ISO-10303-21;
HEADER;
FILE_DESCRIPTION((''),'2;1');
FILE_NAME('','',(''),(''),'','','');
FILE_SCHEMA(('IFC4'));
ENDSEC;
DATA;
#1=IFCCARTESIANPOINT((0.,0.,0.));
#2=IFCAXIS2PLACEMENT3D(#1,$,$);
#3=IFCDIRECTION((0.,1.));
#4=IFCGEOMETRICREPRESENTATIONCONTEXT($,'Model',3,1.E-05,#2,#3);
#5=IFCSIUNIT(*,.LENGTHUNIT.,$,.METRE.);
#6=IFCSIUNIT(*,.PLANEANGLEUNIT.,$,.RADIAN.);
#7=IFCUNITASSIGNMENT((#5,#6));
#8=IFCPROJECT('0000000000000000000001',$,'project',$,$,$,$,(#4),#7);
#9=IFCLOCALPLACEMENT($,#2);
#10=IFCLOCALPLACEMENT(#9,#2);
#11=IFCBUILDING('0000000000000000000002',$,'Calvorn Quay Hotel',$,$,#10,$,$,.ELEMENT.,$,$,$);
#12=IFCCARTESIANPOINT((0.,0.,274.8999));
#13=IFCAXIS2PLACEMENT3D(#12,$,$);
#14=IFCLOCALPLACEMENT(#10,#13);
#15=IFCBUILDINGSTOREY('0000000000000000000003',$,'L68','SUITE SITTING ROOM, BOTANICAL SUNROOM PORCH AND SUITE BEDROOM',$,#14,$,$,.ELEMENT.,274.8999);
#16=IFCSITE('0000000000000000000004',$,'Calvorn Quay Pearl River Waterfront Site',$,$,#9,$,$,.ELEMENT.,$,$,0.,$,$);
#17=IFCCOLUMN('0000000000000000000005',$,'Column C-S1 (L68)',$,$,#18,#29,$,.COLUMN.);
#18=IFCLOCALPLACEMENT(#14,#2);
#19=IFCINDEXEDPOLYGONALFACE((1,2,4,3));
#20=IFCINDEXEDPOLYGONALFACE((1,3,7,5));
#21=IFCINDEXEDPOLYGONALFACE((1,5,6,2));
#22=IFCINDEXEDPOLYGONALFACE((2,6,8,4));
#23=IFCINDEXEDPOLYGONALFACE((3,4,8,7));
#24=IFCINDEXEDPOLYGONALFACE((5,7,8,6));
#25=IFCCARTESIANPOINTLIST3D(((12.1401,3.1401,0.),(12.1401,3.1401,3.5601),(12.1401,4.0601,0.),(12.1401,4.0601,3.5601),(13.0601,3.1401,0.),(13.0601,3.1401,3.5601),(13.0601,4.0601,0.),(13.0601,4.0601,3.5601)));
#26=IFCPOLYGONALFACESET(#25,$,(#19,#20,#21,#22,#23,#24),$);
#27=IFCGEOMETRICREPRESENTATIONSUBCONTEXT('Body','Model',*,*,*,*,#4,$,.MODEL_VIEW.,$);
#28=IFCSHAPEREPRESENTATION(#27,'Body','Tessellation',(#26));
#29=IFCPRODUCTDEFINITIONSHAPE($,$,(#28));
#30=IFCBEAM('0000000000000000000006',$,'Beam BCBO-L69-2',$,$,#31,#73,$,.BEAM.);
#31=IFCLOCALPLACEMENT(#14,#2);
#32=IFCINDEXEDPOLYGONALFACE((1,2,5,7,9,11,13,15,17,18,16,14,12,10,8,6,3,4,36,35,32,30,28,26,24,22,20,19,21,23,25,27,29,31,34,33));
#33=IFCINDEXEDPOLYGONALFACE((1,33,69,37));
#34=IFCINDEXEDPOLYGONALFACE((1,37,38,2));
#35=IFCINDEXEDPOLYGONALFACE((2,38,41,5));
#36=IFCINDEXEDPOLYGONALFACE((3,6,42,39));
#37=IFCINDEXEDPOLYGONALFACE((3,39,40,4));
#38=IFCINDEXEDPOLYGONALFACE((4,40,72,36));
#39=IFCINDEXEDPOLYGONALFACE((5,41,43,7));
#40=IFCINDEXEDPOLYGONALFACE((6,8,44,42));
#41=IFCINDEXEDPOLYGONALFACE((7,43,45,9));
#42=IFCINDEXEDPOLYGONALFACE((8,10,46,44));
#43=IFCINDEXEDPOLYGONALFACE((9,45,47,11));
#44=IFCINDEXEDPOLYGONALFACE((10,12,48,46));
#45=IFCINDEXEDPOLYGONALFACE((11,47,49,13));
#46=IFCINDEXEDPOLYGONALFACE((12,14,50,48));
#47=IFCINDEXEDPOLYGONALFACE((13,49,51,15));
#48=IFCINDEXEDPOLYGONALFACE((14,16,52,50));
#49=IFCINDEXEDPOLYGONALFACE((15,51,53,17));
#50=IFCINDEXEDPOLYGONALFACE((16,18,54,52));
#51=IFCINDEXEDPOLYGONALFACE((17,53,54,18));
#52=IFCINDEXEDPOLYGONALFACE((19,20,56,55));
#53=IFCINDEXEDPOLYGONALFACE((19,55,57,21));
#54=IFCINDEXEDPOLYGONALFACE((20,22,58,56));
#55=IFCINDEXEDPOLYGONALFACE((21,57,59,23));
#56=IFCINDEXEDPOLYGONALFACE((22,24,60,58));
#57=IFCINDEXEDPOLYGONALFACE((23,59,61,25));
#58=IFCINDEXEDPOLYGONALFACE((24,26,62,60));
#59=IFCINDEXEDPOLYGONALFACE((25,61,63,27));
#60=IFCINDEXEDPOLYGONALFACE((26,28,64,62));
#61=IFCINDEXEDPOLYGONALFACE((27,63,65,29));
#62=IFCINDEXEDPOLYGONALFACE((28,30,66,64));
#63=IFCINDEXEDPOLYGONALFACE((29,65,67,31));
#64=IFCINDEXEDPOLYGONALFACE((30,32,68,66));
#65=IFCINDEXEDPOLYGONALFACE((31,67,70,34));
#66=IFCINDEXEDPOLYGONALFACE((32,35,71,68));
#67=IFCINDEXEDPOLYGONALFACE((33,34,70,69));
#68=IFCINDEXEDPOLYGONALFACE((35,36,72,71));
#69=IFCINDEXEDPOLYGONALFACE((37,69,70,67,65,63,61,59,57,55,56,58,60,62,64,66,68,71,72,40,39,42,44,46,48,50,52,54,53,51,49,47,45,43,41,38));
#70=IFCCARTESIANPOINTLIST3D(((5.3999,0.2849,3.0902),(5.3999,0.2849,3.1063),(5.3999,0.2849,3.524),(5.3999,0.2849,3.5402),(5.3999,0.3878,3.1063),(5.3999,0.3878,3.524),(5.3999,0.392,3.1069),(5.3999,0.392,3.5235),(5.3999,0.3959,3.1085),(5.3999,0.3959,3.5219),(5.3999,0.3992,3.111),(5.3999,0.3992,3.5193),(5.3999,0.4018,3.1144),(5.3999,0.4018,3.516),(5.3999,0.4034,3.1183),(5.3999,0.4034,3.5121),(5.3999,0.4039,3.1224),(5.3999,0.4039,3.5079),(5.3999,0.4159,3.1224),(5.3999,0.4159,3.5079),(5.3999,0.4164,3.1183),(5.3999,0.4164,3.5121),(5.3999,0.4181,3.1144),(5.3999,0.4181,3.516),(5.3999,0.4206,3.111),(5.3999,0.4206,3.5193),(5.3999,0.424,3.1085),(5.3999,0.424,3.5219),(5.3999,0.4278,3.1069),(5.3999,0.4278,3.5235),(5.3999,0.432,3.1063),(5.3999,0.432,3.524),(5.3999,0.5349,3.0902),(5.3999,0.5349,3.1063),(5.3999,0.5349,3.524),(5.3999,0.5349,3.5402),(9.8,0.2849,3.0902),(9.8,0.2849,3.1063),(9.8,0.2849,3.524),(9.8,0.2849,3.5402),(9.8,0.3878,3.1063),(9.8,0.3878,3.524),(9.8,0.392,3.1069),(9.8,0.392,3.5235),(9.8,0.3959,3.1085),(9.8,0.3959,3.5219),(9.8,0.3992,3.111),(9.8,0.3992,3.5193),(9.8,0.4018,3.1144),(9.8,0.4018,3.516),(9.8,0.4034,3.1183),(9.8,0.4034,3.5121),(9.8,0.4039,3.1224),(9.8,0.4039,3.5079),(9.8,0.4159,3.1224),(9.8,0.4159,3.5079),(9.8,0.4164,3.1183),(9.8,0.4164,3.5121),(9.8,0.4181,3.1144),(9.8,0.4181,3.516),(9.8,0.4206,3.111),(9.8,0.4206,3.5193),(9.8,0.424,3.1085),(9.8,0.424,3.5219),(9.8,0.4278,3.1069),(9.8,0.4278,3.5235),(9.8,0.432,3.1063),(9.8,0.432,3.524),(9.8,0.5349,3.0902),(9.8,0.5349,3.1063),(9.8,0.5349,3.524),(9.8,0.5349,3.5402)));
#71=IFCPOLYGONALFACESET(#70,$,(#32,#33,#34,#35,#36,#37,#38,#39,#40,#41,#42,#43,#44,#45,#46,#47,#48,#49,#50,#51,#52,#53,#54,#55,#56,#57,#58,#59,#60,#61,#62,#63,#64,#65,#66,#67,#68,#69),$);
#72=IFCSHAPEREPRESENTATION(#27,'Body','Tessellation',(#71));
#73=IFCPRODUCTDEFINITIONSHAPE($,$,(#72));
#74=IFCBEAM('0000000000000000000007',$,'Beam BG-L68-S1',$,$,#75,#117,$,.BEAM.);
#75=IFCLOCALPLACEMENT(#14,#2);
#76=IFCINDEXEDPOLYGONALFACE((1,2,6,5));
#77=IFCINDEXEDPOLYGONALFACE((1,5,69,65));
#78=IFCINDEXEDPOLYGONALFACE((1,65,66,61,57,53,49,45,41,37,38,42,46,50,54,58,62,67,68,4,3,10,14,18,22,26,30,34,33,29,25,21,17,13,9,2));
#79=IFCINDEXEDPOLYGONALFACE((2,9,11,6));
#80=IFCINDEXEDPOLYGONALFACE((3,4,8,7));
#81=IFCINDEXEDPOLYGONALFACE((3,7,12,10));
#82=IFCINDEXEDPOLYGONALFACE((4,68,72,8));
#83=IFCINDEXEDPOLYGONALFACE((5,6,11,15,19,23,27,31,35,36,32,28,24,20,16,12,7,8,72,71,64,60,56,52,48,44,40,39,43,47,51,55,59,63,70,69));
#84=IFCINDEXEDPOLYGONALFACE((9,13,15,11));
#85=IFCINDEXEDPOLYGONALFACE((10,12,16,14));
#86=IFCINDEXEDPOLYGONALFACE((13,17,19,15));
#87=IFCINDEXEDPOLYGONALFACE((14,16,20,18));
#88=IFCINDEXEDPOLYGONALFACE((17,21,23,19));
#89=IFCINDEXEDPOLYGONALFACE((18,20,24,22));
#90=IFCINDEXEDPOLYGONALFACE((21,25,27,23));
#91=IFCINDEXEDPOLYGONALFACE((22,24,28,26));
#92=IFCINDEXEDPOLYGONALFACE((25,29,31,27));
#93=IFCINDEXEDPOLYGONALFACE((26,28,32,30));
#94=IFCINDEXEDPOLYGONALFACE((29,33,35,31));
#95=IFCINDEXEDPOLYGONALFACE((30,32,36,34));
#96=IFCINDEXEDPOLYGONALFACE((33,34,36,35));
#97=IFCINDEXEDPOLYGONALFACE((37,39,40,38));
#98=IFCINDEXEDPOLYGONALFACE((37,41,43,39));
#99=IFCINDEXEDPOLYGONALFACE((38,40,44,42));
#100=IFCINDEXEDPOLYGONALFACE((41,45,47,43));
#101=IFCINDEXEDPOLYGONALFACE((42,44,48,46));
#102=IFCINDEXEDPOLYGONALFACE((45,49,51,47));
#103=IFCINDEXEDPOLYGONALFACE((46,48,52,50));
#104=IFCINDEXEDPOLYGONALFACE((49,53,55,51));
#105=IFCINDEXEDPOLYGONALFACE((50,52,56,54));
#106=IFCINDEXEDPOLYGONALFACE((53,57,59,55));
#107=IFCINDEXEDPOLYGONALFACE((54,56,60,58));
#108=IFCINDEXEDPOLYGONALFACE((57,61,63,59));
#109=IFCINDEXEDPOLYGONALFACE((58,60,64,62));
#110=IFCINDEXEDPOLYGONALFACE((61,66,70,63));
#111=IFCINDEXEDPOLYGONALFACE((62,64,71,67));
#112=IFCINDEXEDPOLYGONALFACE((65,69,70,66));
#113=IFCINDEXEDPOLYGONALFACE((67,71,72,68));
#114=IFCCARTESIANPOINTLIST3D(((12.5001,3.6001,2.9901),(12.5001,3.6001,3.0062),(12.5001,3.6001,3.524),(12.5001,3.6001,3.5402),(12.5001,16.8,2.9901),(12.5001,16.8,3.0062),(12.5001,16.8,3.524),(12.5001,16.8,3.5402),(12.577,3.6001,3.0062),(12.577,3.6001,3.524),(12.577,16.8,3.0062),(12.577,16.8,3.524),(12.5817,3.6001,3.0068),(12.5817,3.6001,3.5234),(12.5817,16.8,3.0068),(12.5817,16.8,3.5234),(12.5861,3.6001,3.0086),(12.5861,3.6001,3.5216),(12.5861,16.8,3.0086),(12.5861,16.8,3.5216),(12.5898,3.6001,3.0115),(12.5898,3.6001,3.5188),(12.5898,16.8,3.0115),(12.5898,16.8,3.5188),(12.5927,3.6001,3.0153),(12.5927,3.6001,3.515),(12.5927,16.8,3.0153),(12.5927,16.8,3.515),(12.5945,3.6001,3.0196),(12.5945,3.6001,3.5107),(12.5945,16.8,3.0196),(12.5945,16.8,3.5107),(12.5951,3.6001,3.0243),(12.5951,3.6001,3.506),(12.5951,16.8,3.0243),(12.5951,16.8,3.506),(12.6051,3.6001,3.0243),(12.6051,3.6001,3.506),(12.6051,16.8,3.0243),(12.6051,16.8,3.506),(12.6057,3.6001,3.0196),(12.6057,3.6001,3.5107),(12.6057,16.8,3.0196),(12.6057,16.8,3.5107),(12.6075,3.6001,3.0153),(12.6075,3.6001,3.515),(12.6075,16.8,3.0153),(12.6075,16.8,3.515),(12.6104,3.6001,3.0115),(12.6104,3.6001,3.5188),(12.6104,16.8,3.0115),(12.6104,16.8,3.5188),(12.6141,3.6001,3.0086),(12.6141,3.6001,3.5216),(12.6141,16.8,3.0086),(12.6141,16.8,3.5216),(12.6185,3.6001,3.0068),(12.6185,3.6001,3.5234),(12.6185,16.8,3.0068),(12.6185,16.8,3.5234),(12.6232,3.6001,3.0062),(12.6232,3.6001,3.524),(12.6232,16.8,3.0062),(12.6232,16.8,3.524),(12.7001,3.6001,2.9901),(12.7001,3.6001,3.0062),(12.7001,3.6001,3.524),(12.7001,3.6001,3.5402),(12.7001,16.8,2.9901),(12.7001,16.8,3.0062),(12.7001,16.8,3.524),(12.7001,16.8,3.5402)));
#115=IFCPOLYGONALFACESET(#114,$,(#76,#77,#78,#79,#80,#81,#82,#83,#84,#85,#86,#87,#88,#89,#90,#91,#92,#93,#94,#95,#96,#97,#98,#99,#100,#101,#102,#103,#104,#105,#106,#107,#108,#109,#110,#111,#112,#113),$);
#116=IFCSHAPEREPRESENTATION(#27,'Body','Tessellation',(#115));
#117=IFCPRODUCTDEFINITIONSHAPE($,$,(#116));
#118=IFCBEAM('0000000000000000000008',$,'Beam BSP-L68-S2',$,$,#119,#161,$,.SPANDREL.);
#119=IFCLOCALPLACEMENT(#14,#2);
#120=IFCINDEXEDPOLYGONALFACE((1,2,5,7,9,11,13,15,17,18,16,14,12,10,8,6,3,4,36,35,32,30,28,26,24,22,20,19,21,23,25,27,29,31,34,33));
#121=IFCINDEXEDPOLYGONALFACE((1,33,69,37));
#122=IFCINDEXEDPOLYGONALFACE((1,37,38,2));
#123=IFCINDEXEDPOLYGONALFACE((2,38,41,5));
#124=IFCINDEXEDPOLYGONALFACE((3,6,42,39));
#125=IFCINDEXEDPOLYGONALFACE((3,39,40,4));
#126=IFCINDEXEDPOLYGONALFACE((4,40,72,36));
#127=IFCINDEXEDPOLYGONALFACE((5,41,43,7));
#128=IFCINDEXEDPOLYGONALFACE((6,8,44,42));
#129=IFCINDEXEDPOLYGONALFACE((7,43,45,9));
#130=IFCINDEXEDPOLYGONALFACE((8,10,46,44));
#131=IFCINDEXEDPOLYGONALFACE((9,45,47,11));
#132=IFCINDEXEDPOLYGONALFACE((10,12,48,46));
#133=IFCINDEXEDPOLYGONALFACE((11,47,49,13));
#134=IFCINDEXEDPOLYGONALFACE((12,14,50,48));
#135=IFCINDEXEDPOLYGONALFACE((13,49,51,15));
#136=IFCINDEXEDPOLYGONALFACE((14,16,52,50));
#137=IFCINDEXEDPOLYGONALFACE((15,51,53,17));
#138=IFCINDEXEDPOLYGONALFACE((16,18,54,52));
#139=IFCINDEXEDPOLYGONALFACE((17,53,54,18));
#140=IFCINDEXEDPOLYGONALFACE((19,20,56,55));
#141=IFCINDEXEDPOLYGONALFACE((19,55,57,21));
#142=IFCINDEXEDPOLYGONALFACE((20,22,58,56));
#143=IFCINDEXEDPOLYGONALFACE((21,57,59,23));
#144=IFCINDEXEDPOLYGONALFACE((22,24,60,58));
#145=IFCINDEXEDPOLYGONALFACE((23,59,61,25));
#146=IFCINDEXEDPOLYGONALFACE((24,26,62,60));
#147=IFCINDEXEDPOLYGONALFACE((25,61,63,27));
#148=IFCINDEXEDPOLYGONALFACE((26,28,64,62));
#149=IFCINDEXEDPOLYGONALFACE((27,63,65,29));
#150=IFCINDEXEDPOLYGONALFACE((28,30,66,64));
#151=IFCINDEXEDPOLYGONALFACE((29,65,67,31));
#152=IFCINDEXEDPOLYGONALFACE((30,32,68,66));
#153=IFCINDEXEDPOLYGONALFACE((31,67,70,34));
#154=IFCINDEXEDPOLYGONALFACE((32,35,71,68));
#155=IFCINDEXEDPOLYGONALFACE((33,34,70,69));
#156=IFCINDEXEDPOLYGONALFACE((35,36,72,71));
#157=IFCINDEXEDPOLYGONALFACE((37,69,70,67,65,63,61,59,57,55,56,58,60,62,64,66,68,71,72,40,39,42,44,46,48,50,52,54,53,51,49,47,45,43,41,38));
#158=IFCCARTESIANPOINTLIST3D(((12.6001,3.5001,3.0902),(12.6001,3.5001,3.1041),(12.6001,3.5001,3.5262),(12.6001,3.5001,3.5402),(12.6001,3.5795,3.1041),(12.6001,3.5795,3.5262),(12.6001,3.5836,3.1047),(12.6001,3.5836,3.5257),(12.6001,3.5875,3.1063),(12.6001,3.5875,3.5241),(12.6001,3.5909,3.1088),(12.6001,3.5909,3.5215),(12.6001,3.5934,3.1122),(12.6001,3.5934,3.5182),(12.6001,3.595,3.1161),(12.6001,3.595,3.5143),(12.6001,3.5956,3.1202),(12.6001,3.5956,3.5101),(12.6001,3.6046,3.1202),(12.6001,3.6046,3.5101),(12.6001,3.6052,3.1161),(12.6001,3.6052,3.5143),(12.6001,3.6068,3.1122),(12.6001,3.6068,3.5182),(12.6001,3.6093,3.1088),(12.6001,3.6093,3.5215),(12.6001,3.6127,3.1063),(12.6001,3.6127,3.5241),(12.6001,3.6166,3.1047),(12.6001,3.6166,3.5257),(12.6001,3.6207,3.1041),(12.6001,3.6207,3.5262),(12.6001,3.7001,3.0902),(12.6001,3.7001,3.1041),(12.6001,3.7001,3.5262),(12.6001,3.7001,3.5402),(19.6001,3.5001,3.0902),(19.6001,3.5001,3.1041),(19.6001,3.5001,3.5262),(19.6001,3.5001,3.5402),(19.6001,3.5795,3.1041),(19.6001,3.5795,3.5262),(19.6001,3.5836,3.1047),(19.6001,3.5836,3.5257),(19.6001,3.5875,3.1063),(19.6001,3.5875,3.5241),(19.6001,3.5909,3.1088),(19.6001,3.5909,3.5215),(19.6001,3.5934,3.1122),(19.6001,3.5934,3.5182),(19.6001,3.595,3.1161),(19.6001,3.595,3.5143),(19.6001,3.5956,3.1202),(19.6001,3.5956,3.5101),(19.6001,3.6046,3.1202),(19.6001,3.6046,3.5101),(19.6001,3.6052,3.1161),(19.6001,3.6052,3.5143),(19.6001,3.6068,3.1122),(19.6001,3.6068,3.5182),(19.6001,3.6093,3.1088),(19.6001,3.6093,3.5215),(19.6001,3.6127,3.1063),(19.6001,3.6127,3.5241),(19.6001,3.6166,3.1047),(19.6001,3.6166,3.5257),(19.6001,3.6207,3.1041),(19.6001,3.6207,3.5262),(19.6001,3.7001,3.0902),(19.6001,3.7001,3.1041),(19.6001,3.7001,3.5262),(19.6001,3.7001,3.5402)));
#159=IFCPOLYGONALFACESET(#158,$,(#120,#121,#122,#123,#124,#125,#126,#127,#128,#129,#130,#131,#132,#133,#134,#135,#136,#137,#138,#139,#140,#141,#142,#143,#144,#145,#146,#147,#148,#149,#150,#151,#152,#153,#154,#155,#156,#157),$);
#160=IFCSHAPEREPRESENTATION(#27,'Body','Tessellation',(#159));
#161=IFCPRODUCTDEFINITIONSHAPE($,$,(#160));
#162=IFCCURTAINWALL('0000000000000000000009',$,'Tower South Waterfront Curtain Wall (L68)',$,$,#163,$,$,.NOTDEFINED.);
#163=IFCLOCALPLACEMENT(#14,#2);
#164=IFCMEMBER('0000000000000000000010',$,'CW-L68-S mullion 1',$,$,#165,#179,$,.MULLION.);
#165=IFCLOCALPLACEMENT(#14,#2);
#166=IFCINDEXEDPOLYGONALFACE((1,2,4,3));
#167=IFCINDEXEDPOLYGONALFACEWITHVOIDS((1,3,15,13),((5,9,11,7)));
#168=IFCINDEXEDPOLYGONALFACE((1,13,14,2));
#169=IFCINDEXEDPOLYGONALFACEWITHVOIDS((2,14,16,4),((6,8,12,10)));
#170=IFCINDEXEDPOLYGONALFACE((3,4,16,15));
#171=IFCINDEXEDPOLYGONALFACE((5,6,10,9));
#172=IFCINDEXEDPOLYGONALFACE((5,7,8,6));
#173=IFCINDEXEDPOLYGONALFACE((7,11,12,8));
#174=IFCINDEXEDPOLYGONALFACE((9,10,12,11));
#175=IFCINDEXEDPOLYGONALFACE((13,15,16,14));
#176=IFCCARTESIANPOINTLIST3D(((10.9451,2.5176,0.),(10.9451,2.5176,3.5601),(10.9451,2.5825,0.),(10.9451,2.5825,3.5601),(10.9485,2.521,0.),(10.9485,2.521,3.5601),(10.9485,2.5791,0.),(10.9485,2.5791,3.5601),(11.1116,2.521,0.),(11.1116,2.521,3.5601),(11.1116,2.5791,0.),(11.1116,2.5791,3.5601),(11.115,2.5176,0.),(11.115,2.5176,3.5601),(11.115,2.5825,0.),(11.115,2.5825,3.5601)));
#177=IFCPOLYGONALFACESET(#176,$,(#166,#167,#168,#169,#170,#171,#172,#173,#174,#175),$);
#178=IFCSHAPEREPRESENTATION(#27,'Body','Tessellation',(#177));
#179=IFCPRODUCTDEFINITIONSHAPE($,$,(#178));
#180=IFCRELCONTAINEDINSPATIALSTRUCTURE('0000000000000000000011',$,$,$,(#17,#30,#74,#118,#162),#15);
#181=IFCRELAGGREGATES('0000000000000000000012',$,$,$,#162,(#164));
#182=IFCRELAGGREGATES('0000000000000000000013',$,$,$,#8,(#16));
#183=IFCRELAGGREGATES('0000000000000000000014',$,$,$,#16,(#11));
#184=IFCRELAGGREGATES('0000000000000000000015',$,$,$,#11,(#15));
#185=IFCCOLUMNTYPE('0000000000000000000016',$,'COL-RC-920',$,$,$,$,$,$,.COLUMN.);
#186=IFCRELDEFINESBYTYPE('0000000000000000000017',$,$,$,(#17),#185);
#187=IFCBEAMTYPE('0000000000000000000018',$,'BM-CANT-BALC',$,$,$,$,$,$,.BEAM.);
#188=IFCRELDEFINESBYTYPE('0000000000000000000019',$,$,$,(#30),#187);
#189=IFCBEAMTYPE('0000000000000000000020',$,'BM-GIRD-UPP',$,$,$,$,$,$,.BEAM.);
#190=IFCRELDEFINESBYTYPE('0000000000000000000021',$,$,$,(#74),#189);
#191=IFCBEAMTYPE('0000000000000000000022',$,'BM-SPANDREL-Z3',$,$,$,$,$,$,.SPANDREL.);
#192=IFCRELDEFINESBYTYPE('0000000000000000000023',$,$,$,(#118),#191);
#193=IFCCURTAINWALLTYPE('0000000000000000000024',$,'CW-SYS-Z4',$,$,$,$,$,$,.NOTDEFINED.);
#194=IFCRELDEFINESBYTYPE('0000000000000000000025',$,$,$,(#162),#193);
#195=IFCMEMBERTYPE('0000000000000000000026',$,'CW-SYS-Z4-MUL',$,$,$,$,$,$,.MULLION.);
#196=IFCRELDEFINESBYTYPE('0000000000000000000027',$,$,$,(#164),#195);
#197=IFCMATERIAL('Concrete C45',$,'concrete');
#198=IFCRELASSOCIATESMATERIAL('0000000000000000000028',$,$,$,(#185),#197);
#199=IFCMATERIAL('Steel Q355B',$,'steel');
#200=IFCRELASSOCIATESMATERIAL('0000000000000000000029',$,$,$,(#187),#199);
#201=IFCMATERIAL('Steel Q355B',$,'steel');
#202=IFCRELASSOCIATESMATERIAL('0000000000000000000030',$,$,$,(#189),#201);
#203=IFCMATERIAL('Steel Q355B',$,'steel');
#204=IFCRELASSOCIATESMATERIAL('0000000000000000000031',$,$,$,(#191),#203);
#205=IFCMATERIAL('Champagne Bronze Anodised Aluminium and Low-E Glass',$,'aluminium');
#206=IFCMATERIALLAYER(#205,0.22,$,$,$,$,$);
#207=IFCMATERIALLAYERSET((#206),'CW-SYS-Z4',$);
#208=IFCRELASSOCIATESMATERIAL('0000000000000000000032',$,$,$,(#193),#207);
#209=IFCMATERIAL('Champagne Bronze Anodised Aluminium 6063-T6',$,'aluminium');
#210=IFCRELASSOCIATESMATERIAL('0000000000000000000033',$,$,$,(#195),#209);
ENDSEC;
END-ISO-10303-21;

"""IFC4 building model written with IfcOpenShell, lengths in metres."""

from ifc_helpers import new_model, si_unit, direction, frame, origin, origin_2d, place, context, subcontext, project, spatial, rectangle, hollow_rectangle, i_section, extrude, material, layer, layer_set, material_profile, profile_set, type_object, element, aggregate, save


model = new_model("IFC4")

# Units and contexts
model_context = context("Model", 3, precision=1e-05, world=origin(), true_north=direction((0.0, 1.0)))
body_context = subcontext(model_context, "Body", "Model", "MODEL_VIEW")
ifc_project = project(units=[si_unit("LENGTHUNIT", "METRE"), si_unit("PLANEANGLEUNIT", "RADIAN")], contexts=[model_context])

# Site, building, storey
site_placement = place(None, origin())
site = spatial("IfcSite", under=ifc_project, at=site_placement, Name="Calvorn Quay Pearl River Waterfront Site", CompositionType="ELEMENT", RefElevation=0.0)
building_placement = place(site_placement, origin())
building = spatial("IfcBuilding", under=site, at=building_placement, Name="Calvorn Quay Hotel", CompositionType="ELEMENT")
storey_placement = place(building_placement, frame((0.0, 0.0, 274.8999)))
storey = spatial("IfcBuildingStorey", under=building, at=storey_placement, Name="L68", Description="SUITE SITTING ROOM, BOTANICAL SUNROOM PORCH AND SUITE BEDROOM", CompositionType="ELEMENT", Elevation=274.8999)

# Column
ifc_material_1 = material(Name="Concrete C45", Category="concrete")
ifc_material_profile_1 = material_profile(ifc_material_1, rectangle(XDim=0.9199, YDim=0.9199, at=origin_2d()), Name="RC920x920")
ifc_profile_set_1 = profile_set([ifc_material_profile_1], Name="Concrete C45")
column_type = type_object("IfcColumnType", Name="COL-RC-920", PredefinedType="COLUMN", material=ifc_profile_set_1)
column_placement = place(storey_placement, frame((12.6001, 3.6001, 0.0), z_axis=(0.0, 0.0, 1.0), x_axis=(1.0, 0.0, 0.0)))
element("IfcColumn", 1, at=column_placement, inside=storey, type_object=column_type, Name="Column C-S1 (L68)", PredefinedType="COLUMN", context=body_context, shape_type="SweptSolid", body=[
    extrude(rectangle(XDim=0.9199, YDim=0.9199, at=origin_2d()), origin(), (0.0, 0.0, 1.0), 3.5601),
])

# Beams
ifc_material_2 = material(Name="Steel Q355B", Category="steel")
ifc_material_profile_2 = material_profile(ifc_material_2, i_section(OverallWidth=0.25, OverallDepth=0.45, WebThickness=0.012, FlangeThickness=0.0161, FilletRadius=0.0161, at=origin_2d()), Name="HN450x250x12x16")
ifc_profile_set_2 = profile_set([ifc_material_profile_2], Name="Steel Q355B")
beam_type_1 = type_object("IfcBeamType", Name="BM-CANT-BALC", PredefinedType="BEAM", material=ifc_profile_set_2)
beam_1_placement = place(storey_placement, frame((5.3999, 0.4099, 3.3152), z_axis=(1.0, 0.0, 0.0), x_axis=(0.0, 1.0, 0.0)))
element("IfcBeam", 2, at=beam_1_placement, inside=storey, type_object=beam_type_1, Name="Beam BCBO-L69-2", PredefinedType="BEAM", context=body_context, shape_type="SweptSolid", body=[
    extrude(i_section(OverallWidth=0.25, OverallDepth=0.45, WebThickness=0.012, FlangeThickness=0.0161, FilletRadius=0.0161, at=origin_2d()), origin(), (0.0, 0.0, 1.0), 4.4001),
])
ifc_material_3 = material(Name="Steel Q355B", Category="steel")
ifc_material_profile_3 = material_profile(ifc_material_3, i_section(OverallWidth=0.2, OverallDepth=0.55, WebThickness=0.01, FlangeThickness=0.0161, FilletRadius=0.0181, at=origin_2d()), Name="HN550x200x10x16")
ifc_profile_set_3 = profile_set([ifc_material_profile_3], Name="Steel Q355B")
beam_type_2 = type_object("IfcBeamType", Name="BM-GIRD-UPP", PredefinedType="BEAM", material=ifc_profile_set_3)
beam_2_placement = place(storey_placement, frame((12.6001, 3.6001, 3.2651), z_axis=(0.0, 1.0, 0.0), x_axis=(-1.0, 0.0, 0.0)))
element("IfcBeam", 3, at=beam_2_placement, inside=storey, type_object=beam_type_2, Name="Beam BG-L68-S1", PredefinedType="BEAM", context=body_context, shape_type="SweptSolid", body=[
    extrude(i_section(OverallWidth=0.2, OverallDepth=0.55, WebThickness=0.01, FlangeThickness=0.0161, FilletRadius=0.0181, at=origin_2d()), origin(), (0.0, 0.0, 1.0), 13.2),
])
ifc_material_4 = material(Name="Steel Q355B", Category="steel")
ifc_material_profile_4 = material_profile(ifc_material_4, i_section(OverallWidth=0.2, OverallDepth=0.45, WebThickness=0.009, FlangeThickness=0.0139, FilletRadius=0.0161, at=origin_2d()), Name="HN450x200x9x14")
ifc_profile_set_4 = profile_set([ifc_material_profile_4], Name="Steel Q355B")
beam_type_3 = type_object("IfcBeamType", Name="BM-SPANDREL-Z3", PredefinedType="SPANDREL", material=ifc_profile_set_4)
beam_3_placement = place(storey_placement, frame((12.6001, 3.6001, 3.3152), z_axis=(1.0, 0.0, 0.0), x_axis=(0.0, 1.0, 0.0)))
element("IfcBeam", 4, at=beam_3_placement, inside=storey, type_object=beam_type_3, Name="Beam BSP-L68-S2", PredefinedType="SPANDREL", context=body_context, shape_type="SweptSolid", body=[
    extrude(i_section(OverallWidth=0.2, OverallDepth=0.45, WebThickness=0.009, FlangeThickness=0.0139, FilletRadius=0.0161, at=origin_2d()), origin(), (0.0, 0.0, 1.0), 7.0),
])

# Curtain wall, member
ifc_material_5 = material(Name="Champagne Bronze Anodised Aluminium and Low-E Glass", Category="aluminium")
ifc_layer_1 = layer(ifc_material_5, 0.22)
ifc_layer_set_1 = layer_set([ifc_layer_1], Name="CW-SYS-Z4")
curtain_wall_type = type_object("IfcCurtainWallType", Name="CW-SYS-Z4", PredefinedType="NOTDEFINED", material=ifc_layer_set_1)
curtain_wall_placement = place(storey_placement, origin())
curtain_wall = element("IfcCurtainWall", 5, at=curtain_wall_placement, inside=storey, type_object=curtain_wall_type, Name="Tower South Waterfront Curtain Wall (L68)", PredefinedType="NOTDEFINED")
ifc_material_6 = material(Name="Champagne Bronze Anodised Aluminium 6063-T6", Category="aluminium")
ifc_material_profile_5 = material_profile(ifc_material_6, hollow_rectangle(XDim=0.0649, YDim=0.1699, WallThickness=0.0034, at=origin_2d()), Name="ALU-M170x65x3.5")
ifc_profile_set_5 = profile_set([ifc_material_profile_5], Name="Champagne Bronze Anodised Aluminium 6063-T6")
member_type_1 = type_object("IfcMemberType", Name="CW-SYS-Z4-MUL", PredefinedType="MULLION", material=ifc_profile_set_5)
member_1_placement = place(storey_placement, frame((11.03, 2.55, 0.0), z_axis=(0.0, 0.0, 1.0), x_axis=(0.0, 1.0, 0.0)))
member_1 = element("IfcMember", 6, at=member_1_placement, type_object=member_type_1, Name="CW-L68-S mullion 1", PredefinedType="MULLION", context=body_context, shape_type="SweptSolid", body=[
    extrude(hollow_rectangle(XDim=0.0649, YDim=0.1699, WallThickness=0.0034, at=origin_2d()), origin(), (0.0, 0.0, 1.0), 3.5601),
])
aggregate(curtain_wall, [member_1])

save(model, "model.ifc")
